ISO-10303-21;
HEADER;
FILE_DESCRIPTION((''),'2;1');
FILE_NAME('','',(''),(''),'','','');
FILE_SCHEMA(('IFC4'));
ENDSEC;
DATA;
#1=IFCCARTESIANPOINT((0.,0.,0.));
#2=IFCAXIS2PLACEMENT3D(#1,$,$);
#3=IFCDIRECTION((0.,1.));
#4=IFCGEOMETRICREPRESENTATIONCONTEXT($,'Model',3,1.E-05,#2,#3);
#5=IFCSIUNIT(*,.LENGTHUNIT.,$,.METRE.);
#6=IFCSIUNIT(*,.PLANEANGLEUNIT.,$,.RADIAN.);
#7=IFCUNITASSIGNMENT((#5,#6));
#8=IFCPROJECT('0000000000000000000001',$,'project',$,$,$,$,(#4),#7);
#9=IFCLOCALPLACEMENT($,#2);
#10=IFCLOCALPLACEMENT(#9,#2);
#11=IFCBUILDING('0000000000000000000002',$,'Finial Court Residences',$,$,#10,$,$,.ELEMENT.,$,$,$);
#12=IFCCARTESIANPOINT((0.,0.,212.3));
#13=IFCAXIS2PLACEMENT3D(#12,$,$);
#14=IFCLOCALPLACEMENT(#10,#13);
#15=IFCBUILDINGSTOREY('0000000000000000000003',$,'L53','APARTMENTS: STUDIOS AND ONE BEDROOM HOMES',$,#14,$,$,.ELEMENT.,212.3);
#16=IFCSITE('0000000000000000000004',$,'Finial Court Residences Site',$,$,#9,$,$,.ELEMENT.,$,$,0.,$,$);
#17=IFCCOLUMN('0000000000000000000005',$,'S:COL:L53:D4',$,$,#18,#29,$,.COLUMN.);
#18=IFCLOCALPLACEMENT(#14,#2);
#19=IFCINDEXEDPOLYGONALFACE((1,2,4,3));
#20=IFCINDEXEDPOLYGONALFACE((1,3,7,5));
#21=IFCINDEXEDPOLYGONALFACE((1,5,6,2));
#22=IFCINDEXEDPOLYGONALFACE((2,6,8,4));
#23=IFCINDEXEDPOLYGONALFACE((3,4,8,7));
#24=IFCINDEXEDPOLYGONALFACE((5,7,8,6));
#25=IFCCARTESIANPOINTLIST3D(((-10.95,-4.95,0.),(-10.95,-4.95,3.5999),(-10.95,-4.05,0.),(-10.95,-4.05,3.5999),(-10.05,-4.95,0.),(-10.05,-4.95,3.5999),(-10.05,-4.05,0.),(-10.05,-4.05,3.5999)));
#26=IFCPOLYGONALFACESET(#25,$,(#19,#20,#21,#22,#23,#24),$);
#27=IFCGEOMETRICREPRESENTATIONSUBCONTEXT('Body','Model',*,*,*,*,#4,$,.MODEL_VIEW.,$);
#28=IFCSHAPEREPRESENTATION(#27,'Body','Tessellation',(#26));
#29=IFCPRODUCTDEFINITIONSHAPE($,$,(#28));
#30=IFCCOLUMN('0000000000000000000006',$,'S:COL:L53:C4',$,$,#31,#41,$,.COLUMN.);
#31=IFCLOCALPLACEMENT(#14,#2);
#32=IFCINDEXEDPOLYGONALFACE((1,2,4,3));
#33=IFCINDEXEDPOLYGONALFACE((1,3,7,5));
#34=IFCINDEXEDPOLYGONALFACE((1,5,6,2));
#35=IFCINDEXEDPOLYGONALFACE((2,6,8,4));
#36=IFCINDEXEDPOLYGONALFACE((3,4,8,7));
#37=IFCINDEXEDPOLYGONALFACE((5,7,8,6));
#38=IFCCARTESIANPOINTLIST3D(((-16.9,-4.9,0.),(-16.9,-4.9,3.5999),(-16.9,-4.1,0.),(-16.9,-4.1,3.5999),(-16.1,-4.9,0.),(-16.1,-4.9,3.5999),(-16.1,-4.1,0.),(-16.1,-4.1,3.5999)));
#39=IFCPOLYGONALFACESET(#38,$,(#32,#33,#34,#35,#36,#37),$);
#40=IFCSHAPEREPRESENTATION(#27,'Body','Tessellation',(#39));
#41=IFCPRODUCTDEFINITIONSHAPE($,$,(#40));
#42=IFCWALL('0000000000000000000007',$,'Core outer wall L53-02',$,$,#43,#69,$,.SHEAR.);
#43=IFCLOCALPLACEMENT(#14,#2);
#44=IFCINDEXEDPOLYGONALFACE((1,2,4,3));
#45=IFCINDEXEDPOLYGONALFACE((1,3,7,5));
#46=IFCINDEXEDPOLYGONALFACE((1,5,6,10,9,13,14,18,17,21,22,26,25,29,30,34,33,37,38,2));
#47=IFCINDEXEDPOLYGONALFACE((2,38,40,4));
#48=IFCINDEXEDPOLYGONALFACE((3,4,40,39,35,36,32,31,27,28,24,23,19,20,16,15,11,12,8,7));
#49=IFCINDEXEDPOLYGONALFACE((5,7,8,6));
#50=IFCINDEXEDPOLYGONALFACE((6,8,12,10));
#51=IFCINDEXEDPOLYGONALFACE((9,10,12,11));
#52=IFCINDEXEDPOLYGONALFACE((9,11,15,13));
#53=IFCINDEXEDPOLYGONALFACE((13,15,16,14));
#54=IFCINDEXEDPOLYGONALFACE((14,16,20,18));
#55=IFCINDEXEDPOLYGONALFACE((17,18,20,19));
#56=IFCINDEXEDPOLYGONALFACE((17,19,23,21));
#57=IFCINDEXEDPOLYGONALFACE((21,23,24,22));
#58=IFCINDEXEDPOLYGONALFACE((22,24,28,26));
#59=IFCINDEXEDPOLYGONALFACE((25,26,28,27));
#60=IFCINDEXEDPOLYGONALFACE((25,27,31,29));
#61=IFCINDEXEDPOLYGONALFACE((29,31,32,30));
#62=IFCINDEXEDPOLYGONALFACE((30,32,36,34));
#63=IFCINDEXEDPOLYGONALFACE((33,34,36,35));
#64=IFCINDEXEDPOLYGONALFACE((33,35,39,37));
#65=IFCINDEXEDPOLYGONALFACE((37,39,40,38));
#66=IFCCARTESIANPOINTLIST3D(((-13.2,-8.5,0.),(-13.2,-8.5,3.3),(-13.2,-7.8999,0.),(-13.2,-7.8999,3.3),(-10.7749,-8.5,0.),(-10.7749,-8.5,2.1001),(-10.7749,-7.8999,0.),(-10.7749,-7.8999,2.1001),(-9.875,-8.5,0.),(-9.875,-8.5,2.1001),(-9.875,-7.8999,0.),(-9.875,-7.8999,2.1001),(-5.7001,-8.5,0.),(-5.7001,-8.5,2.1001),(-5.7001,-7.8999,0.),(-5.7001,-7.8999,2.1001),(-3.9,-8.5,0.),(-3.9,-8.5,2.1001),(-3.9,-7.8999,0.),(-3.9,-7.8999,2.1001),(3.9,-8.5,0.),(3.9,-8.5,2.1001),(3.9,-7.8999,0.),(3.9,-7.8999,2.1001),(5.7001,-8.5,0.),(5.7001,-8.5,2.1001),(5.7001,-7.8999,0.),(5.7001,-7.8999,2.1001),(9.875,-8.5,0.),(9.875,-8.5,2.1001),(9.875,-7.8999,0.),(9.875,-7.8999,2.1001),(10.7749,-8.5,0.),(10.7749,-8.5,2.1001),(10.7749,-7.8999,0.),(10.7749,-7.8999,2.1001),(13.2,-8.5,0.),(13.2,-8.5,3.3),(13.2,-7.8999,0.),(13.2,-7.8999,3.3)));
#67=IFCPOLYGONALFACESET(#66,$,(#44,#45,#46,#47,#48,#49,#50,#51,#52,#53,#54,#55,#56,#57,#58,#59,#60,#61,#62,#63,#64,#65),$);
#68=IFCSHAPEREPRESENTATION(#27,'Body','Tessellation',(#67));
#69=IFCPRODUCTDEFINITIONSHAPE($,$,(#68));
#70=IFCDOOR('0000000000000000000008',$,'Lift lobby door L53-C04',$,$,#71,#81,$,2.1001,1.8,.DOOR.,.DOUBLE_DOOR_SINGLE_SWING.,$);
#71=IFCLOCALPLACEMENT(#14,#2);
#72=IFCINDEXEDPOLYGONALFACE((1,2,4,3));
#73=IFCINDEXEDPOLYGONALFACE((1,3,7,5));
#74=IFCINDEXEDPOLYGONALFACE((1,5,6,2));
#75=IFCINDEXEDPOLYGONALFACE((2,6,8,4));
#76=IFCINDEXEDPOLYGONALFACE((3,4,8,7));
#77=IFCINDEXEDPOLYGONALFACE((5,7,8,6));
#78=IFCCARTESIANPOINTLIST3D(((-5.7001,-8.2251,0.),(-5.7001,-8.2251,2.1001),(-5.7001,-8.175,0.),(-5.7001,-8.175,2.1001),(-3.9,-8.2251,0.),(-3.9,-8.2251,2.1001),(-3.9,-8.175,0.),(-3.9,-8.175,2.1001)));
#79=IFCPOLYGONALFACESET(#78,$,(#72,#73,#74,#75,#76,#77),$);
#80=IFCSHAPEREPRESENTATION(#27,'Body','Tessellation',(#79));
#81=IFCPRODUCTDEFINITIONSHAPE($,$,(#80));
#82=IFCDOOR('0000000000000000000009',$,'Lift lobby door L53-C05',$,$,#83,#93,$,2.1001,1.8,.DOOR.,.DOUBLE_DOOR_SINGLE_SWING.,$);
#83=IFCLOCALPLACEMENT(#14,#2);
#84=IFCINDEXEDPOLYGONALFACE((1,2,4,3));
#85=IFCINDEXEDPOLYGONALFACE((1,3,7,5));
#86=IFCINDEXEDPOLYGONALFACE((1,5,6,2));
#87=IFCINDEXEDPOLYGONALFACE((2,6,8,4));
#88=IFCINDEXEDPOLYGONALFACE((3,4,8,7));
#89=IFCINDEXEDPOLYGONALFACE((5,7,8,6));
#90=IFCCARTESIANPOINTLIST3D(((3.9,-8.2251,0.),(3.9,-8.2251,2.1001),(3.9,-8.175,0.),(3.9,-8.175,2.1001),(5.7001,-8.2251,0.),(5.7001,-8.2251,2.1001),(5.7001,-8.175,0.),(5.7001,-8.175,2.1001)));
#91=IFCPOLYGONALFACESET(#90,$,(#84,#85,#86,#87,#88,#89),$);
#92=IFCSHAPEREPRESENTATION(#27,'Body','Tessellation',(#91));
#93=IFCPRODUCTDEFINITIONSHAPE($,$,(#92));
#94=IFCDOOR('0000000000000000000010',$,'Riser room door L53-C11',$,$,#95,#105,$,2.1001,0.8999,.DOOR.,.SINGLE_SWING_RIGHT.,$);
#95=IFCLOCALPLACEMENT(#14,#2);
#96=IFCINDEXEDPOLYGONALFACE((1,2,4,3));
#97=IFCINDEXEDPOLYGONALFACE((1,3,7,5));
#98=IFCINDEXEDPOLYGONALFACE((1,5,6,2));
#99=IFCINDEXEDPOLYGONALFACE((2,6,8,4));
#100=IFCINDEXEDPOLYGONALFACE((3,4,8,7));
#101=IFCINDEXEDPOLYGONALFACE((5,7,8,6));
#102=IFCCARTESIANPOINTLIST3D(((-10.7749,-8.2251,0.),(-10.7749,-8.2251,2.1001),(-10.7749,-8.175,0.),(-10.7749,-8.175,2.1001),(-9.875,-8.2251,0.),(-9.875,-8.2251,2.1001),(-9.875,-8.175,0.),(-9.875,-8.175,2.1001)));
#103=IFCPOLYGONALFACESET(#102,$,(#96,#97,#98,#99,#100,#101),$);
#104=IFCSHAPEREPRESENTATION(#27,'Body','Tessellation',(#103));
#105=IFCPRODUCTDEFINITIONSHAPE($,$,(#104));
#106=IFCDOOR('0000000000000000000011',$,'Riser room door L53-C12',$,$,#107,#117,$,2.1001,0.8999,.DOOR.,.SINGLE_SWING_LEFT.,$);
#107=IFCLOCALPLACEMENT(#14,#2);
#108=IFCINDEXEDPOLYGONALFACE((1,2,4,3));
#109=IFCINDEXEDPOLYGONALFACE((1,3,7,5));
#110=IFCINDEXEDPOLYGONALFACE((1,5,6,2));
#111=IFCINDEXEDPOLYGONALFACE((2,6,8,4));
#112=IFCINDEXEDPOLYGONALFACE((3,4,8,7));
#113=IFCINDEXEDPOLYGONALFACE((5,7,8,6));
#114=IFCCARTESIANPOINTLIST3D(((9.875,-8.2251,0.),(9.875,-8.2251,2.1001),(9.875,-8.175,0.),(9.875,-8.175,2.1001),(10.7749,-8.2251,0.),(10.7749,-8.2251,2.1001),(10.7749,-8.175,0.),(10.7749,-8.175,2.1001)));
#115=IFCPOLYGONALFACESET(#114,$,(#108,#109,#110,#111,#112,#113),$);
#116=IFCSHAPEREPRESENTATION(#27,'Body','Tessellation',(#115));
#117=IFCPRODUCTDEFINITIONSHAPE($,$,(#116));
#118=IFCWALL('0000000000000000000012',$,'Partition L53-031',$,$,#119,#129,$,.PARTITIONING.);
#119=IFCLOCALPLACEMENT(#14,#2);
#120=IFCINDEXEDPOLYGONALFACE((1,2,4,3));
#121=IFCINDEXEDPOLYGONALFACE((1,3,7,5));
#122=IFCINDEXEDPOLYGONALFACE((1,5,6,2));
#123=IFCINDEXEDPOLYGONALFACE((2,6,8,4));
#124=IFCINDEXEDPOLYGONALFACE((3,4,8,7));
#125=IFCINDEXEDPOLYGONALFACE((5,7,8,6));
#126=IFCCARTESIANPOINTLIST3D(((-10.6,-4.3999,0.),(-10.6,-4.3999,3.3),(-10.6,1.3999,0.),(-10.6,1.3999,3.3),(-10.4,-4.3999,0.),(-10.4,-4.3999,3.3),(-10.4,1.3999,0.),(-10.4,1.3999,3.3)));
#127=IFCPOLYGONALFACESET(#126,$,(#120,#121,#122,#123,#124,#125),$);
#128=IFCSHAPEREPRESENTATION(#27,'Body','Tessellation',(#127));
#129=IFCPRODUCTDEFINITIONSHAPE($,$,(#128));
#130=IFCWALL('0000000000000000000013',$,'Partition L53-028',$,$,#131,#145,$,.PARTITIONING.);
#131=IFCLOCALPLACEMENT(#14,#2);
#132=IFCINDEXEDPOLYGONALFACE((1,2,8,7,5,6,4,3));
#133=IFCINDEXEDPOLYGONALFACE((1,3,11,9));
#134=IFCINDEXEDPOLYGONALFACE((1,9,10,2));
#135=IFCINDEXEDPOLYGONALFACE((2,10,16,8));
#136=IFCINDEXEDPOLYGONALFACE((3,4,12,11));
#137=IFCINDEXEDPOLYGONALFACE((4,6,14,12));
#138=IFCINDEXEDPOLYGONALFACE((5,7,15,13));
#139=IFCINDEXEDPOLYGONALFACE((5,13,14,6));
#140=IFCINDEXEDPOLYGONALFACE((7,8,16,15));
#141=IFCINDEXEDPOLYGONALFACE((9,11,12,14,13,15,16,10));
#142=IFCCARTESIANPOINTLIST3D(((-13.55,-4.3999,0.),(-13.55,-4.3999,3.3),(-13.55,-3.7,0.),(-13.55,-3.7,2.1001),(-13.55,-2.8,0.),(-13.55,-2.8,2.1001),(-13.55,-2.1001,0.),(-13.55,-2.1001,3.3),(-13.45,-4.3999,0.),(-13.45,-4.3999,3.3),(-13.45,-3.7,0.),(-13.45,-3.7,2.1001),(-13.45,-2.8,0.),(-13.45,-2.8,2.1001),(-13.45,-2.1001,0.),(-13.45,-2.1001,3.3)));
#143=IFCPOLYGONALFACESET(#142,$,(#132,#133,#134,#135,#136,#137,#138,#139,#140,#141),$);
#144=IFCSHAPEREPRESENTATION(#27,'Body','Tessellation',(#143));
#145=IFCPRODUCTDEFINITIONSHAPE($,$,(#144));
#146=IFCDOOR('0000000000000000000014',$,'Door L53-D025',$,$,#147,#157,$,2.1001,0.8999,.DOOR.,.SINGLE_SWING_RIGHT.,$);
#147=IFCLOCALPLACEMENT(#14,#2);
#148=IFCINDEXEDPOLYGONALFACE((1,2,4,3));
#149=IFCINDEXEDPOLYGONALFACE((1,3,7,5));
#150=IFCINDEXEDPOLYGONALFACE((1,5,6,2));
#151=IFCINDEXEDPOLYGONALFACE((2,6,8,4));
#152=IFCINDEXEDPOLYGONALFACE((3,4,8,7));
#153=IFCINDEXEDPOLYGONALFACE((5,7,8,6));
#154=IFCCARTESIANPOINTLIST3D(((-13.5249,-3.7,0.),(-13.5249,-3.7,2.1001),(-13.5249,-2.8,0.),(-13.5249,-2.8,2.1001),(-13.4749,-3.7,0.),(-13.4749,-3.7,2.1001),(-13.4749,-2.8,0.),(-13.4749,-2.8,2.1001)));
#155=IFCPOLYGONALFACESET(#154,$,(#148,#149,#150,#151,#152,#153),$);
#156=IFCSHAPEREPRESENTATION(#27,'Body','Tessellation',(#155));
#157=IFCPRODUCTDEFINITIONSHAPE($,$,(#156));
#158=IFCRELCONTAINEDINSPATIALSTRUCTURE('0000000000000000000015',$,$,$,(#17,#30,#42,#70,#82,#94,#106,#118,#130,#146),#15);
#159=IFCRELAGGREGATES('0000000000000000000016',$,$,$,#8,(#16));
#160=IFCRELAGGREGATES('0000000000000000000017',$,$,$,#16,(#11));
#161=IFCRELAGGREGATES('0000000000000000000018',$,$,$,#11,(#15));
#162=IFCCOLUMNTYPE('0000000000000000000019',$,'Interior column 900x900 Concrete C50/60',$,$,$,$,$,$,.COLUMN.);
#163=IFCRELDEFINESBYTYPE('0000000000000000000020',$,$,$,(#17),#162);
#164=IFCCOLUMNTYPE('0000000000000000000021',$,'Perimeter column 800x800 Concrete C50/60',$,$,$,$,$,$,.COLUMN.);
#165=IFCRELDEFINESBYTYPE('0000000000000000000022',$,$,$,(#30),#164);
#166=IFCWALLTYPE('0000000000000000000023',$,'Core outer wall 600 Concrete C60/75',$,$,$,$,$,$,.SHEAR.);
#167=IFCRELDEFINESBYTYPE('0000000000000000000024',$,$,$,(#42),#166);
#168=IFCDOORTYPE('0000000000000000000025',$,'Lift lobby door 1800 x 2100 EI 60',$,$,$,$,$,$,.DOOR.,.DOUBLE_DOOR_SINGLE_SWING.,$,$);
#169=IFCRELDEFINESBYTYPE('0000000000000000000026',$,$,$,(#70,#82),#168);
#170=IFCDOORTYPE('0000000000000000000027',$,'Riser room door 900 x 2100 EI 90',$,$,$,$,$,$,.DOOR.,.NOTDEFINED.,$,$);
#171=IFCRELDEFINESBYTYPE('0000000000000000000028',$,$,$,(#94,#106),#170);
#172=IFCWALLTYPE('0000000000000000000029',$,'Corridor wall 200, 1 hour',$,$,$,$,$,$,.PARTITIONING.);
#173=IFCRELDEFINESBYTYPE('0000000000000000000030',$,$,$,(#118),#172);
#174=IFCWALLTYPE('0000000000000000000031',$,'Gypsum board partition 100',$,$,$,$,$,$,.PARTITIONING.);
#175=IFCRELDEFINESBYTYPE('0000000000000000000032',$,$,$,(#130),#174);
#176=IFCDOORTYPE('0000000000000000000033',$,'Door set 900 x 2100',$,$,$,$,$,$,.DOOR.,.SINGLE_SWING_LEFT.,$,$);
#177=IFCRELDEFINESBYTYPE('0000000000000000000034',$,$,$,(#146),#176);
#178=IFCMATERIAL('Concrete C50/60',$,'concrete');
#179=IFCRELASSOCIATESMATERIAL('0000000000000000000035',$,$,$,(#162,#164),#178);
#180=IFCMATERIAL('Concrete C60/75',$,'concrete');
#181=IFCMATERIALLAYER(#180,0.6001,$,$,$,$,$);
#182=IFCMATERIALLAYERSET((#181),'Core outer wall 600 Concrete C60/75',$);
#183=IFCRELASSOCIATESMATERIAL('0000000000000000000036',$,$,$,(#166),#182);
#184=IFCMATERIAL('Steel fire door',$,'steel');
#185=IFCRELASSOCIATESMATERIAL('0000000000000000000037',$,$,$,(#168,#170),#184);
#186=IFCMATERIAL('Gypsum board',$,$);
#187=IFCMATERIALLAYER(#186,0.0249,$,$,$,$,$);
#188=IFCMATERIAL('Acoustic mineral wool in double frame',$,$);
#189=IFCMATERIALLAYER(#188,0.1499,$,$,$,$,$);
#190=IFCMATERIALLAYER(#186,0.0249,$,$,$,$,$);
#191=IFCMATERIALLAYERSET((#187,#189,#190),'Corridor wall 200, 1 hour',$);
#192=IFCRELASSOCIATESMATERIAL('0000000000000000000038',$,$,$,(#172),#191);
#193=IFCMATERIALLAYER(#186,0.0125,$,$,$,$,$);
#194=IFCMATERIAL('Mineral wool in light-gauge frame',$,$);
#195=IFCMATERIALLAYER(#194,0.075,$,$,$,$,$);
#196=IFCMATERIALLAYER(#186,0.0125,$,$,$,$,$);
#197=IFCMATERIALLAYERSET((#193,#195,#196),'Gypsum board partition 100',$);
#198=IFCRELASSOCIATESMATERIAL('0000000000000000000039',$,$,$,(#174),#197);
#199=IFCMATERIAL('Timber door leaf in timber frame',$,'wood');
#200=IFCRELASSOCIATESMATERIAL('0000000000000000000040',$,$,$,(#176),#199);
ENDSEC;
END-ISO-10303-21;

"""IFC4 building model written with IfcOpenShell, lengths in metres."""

from ifc_helpers import new_model, si_unit, direction, frame, frame_2d, origin, origin_2d, place, context, subcontext, project, spatial, rectangle, extrude, material, layer, layer_set, material_profile, profile_set, type_object, element, fill, save


model = new_model("IFC4")

# Units and contexts
model_context = context("Model", 3, precision=1e-05, world=origin(), true_north=direction((0.0, 1.0)))
body_context = subcontext(model_context, "Body", "Model", "MODEL_VIEW")
ifc_project = project(units=[si_unit("LENGTHUNIT", "METRE"), si_unit("PLANEANGLEUNIT", "RADIAN")], contexts=[model_context])

# Site, building, storey
site_placement = place(None, origin())
site = spatial("IfcSite", under=ifc_project, at=site_placement, Name="Finial Court Residences Site", CompositionType="ELEMENT", RefElevation=0.0)
building_placement = place(site_placement, origin())
building = spatial("IfcBuilding", under=site, at=building_placement, Name="Finial Court Residences", CompositionType="ELEMENT")
storey_placement = place(building_placement, frame((0.0, 0.0, 212.3)))
storey = spatial("IfcBuildingStorey", under=building, at=storey_placement, Name="L53", Description="APARTMENTS: STUDIOS AND ONE BEDROOM HOMES", CompositionType="ELEMENT", Elevation=212.3)

# Columns
ifc_material_1 = material(Name="Concrete C50/60", Category="concrete")
ifc_material_profile_1 = material_profile(ifc_material_1, rectangle(XDim=0.8999, YDim=0.8999, at=origin_2d()), Name="900x900")
ifc_profile_set_1 = profile_set([ifc_material_profile_1], Name="Concrete C50/60")
column_type_1 = type_object("IfcColumnType", Name="Interior column 900x900 Concrete C50/60", PredefinedType="COLUMN", material=ifc_profile_set_1)
column_1_placement = place(storey_placement, frame((-10.5, -4.5, 0.0), z_axis=(0.0, 0.0, 1.0), x_axis=(1.0, 0.0, 0.0)))
element("IfcColumn", 1, at=column_1_placement, inside=storey, type_object=column_type_1, Name="S:COL:L53:D4", PredefinedType="COLUMN", context=body_context, shape_type="SweptSolid", body=[
    extrude(rectangle(XDim=0.8999, YDim=0.8999, at=origin_2d()), origin(), (0.0, 0.0, 1.0), 3.5999),
])
ifc_material_profile_2 = material_profile(ifc_material_1, rectangle(XDim=0.8, YDim=0.8, at=origin_2d()), Name="800x800")
ifc_profile_set_2 = profile_set([ifc_material_profile_2], Name="Concrete C50/60")
column_type_2 = type_object("IfcColumnType", Name="Perimeter column 800x800 Concrete C50/60", PredefinedType="COLUMN", material=ifc_profile_set_2)
column_2_placement = place(storey_placement, frame((-16.5, -4.5, 0.0), z_axis=(0.0, 0.0, 1.0), x_axis=(1.0, 0.0, 0.0)))
element("IfcColumn", 2, at=column_2_placement, inside=storey, type_object=column_type_2, Name="S:COL:L53:C4", PredefinedType="COLUMN", context=body_context, shape_type="SweptSolid", body=[
    extrude(rectangle(XDim=0.8, YDim=0.8, at=origin_2d()), origin(), (0.0, 0.0, 1.0), 3.5999),
])

# Wall, openings, doors
ifc_material_2 = material(Name="Concrete C60/75", Category="concrete")
ifc_layer_1 = layer(ifc_material_2, 0.6001)
ifc_layer_set_1 = layer_set([ifc_layer_1], Name="Core outer wall 600 Concrete C60/75")
wall_type_1 = type_object("IfcWallType", Name="Core outer wall 600 Concrete C60/75", PredefinedType="SHEAR", material=ifc_layer_set_1)
wall_1_placement = place(storey_placement, frame((-13.2, -8.2, 0.0), z_axis=(0.0, 0.0, 1.0), x_axis=(1.0, 0.0, 0.0)))
wall_1 = element("IfcWall", 3, at=wall_1_placement, inside=storey, type_object=wall_type_1, Name="Core outer wall L53-02", PredefinedType="SHEAR", context=body_context, shape_type="SweptSolid", body=[
    extrude(rectangle(XDim=26.3999, YDim=0.6001, at=frame_2d((13.2, 0.0))), origin(), (0.0, 0.0, 1.0), 3.3),
])
opening_1_placement = place(wall_1_placement, frame((7.5, 0.0, 0.0)))
opening_1 = element("IfcOpeningElement", 4, at=opening_1_placement, cuts=wall_1, PredefinedType="OPENING", context=body_context, shape_type="SweptSolid", body=[
    extrude(rectangle(XDim=1.8, YDim=2.1001, at=frame_2d((0.8999, 1.05))), frame((0.0, 0.3101, 0.0), z_axis=(0.0, -1.0, 0.0), x_axis=(1.0, 0.0, 0.0)), (0.0, 0.0, 1.0), 0.6201),
])
opening_2_placement = place(wall_1_placement, frame((17.1001, 0.0, 0.0)))
opening_2 = element("IfcOpeningElement", 5, at=opening_2_placement, cuts=wall_1, PredefinedType="OPENING", context=body_context, shape_type="SweptSolid", body=[
    extrude(rectangle(XDim=1.8, YDim=2.1001, at=frame_2d((0.8999, 1.05))), frame((0.0, 0.3101, 0.0), z_axis=(0.0, -1.0, 0.0), x_axis=(1.0, 0.0, 0.0)), (0.0, 0.0, 1.0), 0.6201),
])
opening_3_placement = place(wall_1_placement, frame((2.425, 0.0, 0.0)))
opening_3 = element("IfcOpeningElement", 6, at=opening_3_placement, cuts=wall_1, PredefinedType="OPENING", context=body_context, shape_type="SweptSolid", body=[
    extrude(rectangle(XDim=0.8999, YDim=2.1001, at=frame_2d((0.45, 1.05))), frame((0.0, 0.3101, 0.0), z_axis=(0.0, -1.0, 0.0), x_axis=(1.0, 0.0, 0.0)), (0.0, 0.0, 1.0), 0.6201),
])
opening_4_placement = place(wall_1_placement, frame((23.075, 0.0, 0.0)))
opening_4 = element("IfcOpeningElement", 7, at=opening_4_placement, cuts=wall_1, PredefinedType="OPENING", context=body_context, shape_type="SweptSolid", body=[
    extrude(rectangle(XDim=0.8999, YDim=2.1001, at=frame_2d((0.45, 1.05))), frame((0.0, 0.3101, 0.0), z_axis=(0.0, -1.0, 0.0), x_axis=(1.0, 0.0, 0.0)), (0.0, 0.0, 1.0), 0.6201),
])
ifc_material_3 = material(Name="Steel fire door", Category="steel")
door_type_1 = type_object("IfcDoorType", Name="Lift lobby door 1800 x 2100 EI 60", OperationType="DOUBLE_DOOR_SINGLE_SWING", PredefinedType="DOOR", material=ifc_material_3)
door_1_placement = place(opening_1_placement, origin())
door_1 = element("IfcDoor", 8, at=door_1_placement, inside=storey, type_object=door_type_1, Name="Lift lobby door L53-C04", OperationType="DOUBLE_DOOR_SINGLE_SWING", OverallHeight=2.1001, OverallWidth=1.8, PredefinedType="DOOR", context=body_context, shape_type="SweptSolid", body=[
    extrude(rectangle(XDim=1.8, YDim=2.1001, at=frame_2d((0.8999, 1.05))), frame((0.0, 0.0249, 0.0), z_axis=(0.0, -1.0, 0.0), x_axis=(1.0, 0.0, 0.0)), (0.0, 0.0, 1.0), 0.05),
])
fill(opening_1, door_1)
door_2_placement = place(opening_2_placement, origin())
door_2 = element("IfcDoor", 9, at=door_2_placement, inside=storey, type_object=door_type_1, Name="Lift lobby door L53-C05", OperationType="DOUBLE_DOOR_SINGLE_SWING", OverallHeight=2.1001, OverallWidth=1.8, PredefinedType="DOOR", context=body_context, shape_type="SweptSolid", body=[
    extrude(rectangle(XDim=1.8, YDim=2.1001, at=frame_2d((0.8999, 1.05))), frame((0.0, 0.0249, 0.0), z_axis=(0.0, -1.0, 0.0), x_axis=(1.0, 0.0, 0.0)), (0.0, 0.0, 1.0), 0.05),
])
fill(opening_2, door_2)
door_type_2 = type_object("IfcDoorType", Name="Riser room door 900 x 2100 EI 90", OperationType="NOTDEFINED", PredefinedType="DOOR", material=ifc_material_3)
door_3_placement = place(opening_3_placement, origin())
door_3 = element("IfcDoor", 10, at=door_3_placement, inside=storey, type_object=door_type_2, Name="Riser room door L53-C11", OperationType="SINGLE_SWING_RIGHT", OverallHeight=2.1001, OverallWidth=0.8999, PredefinedType="DOOR", context=body_context, shape_type="SweptSolid", body=[
    extrude(rectangle(XDim=0.8999, YDim=2.1001, at=frame_2d((0.45, 1.05))), frame((0.0, 0.0249, 0.0), z_axis=(0.0, -1.0, 0.0), x_axis=(1.0, 0.0, 0.0)), (0.0, 0.0, 1.0), 0.05),
])
fill(opening_3, door_3)
door_4_placement = place(opening_4_placement, origin())
door_4 = element("IfcDoor", 11, at=door_4_placement, inside=storey, type_object=door_type_2, Name="Riser room door L53-C12", OperationType="SINGLE_SWING_LEFT", OverallHeight=2.1001, OverallWidth=0.8999, PredefinedType="DOOR", context=body_context, shape_type="SweptSolid", body=[
    extrude(rectangle(XDim=0.8999, YDim=2.1001, at=frame_2d((0.45, 1.05))), frame((0.0, 0.0249, 0.0), z_axis=(0.0, -1.0, 0.0), x_axis=(1.0, 0.0, 0.0)), (0.0, 0.0, 1.0), 0.05),
])
fill(opening_4, door_4)

# Wall
ifc_material_4 = material(Name="Gypsum board")
ifc_layer_2 = layer(ifc_material_4, 0.0249)
ifc_material_5 = material(Name="Acoustic mineral wool in double frame")
ifc_layer_3 = layer(ifc_material_5, 0.1499)
ifc_layer_4 = layer(ifc_material_4, 0.0249)
ifc_layer_set_2 = layer_set([ifc_layer_2, ifc_layer_3, ifc_layer_4], Name="Corridor wall 200, 1 hour")
wall_type_2 = type_object("IfcWallType", Name="Corridor wall 200, 1 hour", PredefinedType="PARTITIONING", material=ifc_layer_set_2)
wall_2_placement = place(storey_placement, frame((-10.5, -4.3999, 0.0), z_axis=(0.0, 0.0, 1.0), x_axis=(0.0, 1.0, 0.0)))
element("IfcWall", 12, at=wall_2_placement, inside=storey, type_object=wall_type_2, Name="Partition L53-031", PredefinedType="PARTITIONING", context=body_context, shape_type="SweptSolid", body=[
    extrude(rectangle(XDim=5.7998, YDim=0.2, at=frame_2d((2.8999, 0.0))), origin(), (0.0, 0.0, 1.0), 3.3),
])

# Wall, opening, door
ifc_layer_5 = layer(ifc_material_4, 0.0125)
ifc_material_6 = material(Name="Mineral wool in light-gauge frame")
ifc_layer_6 = layer(ifc_material_6, 0.075)
ifc_layer_7 = layer(ifc_material_4, 0.0125)
ifc_layer_set_3 = layer_set([ifc_layer_5, ifc_layer_6, ifc_layer_7], Name="Gypsum board partition 100")
wall_type_3 = type_object("IfcWallType", Name="Gypsum board partition 100", PredefinedType="PARTITIONING", material=ifc_layer_set_3)
wall_3_placement = place(storey_placement, frame((-13.5, -4.3999, 0.0), z_axis=(0.0, 0.0, 1.0), x_axis=(0.0, 1.0, 0.0)))
wall_3 = element("IfcWall", 13, at=wall_3_placement, inside=storey, type_object=wall_type_3, Name="Partition L53-028", PredefinedType="PARTITIONING", context=body_context, shape_type="SweptSolid", body=[
    extrude(rectangle(XDim=2.2998, YDim=0.1001, at=frame_2d((1.1499, 0.0))), origin(), (0.0, 0.0, 1.0), 3.3),
])
opening_5_placement = place(wall_3_placement, frame((0.7, 0.0, 0.0)))
opening_5 = element("IfcOpeningElement", 14, at=opening_5_placement, cuts=wall_3, PredefinedType="OPENING", context=body_context, shape_type="SweptSolid", body=[
    extrude(rectangle(XDim=0.8999, YDim=2.1001, at=frame_2d((0.45, 1.05))), frame((0.0, 0.0601, 0.0), z_axis=(0.0, -1.0, 0.0), x_axis=(1.0, 0.0, 0.0)), (0.0, 0.0, 1.0), 0.1201),
])
ifc_material_7 = material(Name="Timber door leaf in timber frame", Category="wood")
door_type_3 = type_object("IfcDoorType", Name="Door set 900 x 2100", OperationType="SINGLE_SWING_LEFT", PredefinedType="DOOR", material=ifc_material_7)
door_5_placement = place(opening_5_placement, origin())
door_5 = element("IfcDoor", 15, at=door_5_placement, inside=storey, type_object=door_type_3, Name="Door L53-D025", OperationType="SINGLE_SWING_RIGHT", OverallHeight=2.1001, OverallWidth=0.8999, PredefinedType="DOOR", context=body_context, shape_type="SweptSolid", body=[
    extrude(rectangle(XDim=0.8999, YDim=2.1001, at=frame_2d((0.45, 1.05))), frame((0.0, 0.0249, 0.0), z_axis=(0.0, -1.0, 0.0), x_axis=(1.0, 0.0, 0.0)), (0.0, 0.0, 1.0), 0.05),
])
fill(opening_5, door_5)

save(model, "model.ifc")
